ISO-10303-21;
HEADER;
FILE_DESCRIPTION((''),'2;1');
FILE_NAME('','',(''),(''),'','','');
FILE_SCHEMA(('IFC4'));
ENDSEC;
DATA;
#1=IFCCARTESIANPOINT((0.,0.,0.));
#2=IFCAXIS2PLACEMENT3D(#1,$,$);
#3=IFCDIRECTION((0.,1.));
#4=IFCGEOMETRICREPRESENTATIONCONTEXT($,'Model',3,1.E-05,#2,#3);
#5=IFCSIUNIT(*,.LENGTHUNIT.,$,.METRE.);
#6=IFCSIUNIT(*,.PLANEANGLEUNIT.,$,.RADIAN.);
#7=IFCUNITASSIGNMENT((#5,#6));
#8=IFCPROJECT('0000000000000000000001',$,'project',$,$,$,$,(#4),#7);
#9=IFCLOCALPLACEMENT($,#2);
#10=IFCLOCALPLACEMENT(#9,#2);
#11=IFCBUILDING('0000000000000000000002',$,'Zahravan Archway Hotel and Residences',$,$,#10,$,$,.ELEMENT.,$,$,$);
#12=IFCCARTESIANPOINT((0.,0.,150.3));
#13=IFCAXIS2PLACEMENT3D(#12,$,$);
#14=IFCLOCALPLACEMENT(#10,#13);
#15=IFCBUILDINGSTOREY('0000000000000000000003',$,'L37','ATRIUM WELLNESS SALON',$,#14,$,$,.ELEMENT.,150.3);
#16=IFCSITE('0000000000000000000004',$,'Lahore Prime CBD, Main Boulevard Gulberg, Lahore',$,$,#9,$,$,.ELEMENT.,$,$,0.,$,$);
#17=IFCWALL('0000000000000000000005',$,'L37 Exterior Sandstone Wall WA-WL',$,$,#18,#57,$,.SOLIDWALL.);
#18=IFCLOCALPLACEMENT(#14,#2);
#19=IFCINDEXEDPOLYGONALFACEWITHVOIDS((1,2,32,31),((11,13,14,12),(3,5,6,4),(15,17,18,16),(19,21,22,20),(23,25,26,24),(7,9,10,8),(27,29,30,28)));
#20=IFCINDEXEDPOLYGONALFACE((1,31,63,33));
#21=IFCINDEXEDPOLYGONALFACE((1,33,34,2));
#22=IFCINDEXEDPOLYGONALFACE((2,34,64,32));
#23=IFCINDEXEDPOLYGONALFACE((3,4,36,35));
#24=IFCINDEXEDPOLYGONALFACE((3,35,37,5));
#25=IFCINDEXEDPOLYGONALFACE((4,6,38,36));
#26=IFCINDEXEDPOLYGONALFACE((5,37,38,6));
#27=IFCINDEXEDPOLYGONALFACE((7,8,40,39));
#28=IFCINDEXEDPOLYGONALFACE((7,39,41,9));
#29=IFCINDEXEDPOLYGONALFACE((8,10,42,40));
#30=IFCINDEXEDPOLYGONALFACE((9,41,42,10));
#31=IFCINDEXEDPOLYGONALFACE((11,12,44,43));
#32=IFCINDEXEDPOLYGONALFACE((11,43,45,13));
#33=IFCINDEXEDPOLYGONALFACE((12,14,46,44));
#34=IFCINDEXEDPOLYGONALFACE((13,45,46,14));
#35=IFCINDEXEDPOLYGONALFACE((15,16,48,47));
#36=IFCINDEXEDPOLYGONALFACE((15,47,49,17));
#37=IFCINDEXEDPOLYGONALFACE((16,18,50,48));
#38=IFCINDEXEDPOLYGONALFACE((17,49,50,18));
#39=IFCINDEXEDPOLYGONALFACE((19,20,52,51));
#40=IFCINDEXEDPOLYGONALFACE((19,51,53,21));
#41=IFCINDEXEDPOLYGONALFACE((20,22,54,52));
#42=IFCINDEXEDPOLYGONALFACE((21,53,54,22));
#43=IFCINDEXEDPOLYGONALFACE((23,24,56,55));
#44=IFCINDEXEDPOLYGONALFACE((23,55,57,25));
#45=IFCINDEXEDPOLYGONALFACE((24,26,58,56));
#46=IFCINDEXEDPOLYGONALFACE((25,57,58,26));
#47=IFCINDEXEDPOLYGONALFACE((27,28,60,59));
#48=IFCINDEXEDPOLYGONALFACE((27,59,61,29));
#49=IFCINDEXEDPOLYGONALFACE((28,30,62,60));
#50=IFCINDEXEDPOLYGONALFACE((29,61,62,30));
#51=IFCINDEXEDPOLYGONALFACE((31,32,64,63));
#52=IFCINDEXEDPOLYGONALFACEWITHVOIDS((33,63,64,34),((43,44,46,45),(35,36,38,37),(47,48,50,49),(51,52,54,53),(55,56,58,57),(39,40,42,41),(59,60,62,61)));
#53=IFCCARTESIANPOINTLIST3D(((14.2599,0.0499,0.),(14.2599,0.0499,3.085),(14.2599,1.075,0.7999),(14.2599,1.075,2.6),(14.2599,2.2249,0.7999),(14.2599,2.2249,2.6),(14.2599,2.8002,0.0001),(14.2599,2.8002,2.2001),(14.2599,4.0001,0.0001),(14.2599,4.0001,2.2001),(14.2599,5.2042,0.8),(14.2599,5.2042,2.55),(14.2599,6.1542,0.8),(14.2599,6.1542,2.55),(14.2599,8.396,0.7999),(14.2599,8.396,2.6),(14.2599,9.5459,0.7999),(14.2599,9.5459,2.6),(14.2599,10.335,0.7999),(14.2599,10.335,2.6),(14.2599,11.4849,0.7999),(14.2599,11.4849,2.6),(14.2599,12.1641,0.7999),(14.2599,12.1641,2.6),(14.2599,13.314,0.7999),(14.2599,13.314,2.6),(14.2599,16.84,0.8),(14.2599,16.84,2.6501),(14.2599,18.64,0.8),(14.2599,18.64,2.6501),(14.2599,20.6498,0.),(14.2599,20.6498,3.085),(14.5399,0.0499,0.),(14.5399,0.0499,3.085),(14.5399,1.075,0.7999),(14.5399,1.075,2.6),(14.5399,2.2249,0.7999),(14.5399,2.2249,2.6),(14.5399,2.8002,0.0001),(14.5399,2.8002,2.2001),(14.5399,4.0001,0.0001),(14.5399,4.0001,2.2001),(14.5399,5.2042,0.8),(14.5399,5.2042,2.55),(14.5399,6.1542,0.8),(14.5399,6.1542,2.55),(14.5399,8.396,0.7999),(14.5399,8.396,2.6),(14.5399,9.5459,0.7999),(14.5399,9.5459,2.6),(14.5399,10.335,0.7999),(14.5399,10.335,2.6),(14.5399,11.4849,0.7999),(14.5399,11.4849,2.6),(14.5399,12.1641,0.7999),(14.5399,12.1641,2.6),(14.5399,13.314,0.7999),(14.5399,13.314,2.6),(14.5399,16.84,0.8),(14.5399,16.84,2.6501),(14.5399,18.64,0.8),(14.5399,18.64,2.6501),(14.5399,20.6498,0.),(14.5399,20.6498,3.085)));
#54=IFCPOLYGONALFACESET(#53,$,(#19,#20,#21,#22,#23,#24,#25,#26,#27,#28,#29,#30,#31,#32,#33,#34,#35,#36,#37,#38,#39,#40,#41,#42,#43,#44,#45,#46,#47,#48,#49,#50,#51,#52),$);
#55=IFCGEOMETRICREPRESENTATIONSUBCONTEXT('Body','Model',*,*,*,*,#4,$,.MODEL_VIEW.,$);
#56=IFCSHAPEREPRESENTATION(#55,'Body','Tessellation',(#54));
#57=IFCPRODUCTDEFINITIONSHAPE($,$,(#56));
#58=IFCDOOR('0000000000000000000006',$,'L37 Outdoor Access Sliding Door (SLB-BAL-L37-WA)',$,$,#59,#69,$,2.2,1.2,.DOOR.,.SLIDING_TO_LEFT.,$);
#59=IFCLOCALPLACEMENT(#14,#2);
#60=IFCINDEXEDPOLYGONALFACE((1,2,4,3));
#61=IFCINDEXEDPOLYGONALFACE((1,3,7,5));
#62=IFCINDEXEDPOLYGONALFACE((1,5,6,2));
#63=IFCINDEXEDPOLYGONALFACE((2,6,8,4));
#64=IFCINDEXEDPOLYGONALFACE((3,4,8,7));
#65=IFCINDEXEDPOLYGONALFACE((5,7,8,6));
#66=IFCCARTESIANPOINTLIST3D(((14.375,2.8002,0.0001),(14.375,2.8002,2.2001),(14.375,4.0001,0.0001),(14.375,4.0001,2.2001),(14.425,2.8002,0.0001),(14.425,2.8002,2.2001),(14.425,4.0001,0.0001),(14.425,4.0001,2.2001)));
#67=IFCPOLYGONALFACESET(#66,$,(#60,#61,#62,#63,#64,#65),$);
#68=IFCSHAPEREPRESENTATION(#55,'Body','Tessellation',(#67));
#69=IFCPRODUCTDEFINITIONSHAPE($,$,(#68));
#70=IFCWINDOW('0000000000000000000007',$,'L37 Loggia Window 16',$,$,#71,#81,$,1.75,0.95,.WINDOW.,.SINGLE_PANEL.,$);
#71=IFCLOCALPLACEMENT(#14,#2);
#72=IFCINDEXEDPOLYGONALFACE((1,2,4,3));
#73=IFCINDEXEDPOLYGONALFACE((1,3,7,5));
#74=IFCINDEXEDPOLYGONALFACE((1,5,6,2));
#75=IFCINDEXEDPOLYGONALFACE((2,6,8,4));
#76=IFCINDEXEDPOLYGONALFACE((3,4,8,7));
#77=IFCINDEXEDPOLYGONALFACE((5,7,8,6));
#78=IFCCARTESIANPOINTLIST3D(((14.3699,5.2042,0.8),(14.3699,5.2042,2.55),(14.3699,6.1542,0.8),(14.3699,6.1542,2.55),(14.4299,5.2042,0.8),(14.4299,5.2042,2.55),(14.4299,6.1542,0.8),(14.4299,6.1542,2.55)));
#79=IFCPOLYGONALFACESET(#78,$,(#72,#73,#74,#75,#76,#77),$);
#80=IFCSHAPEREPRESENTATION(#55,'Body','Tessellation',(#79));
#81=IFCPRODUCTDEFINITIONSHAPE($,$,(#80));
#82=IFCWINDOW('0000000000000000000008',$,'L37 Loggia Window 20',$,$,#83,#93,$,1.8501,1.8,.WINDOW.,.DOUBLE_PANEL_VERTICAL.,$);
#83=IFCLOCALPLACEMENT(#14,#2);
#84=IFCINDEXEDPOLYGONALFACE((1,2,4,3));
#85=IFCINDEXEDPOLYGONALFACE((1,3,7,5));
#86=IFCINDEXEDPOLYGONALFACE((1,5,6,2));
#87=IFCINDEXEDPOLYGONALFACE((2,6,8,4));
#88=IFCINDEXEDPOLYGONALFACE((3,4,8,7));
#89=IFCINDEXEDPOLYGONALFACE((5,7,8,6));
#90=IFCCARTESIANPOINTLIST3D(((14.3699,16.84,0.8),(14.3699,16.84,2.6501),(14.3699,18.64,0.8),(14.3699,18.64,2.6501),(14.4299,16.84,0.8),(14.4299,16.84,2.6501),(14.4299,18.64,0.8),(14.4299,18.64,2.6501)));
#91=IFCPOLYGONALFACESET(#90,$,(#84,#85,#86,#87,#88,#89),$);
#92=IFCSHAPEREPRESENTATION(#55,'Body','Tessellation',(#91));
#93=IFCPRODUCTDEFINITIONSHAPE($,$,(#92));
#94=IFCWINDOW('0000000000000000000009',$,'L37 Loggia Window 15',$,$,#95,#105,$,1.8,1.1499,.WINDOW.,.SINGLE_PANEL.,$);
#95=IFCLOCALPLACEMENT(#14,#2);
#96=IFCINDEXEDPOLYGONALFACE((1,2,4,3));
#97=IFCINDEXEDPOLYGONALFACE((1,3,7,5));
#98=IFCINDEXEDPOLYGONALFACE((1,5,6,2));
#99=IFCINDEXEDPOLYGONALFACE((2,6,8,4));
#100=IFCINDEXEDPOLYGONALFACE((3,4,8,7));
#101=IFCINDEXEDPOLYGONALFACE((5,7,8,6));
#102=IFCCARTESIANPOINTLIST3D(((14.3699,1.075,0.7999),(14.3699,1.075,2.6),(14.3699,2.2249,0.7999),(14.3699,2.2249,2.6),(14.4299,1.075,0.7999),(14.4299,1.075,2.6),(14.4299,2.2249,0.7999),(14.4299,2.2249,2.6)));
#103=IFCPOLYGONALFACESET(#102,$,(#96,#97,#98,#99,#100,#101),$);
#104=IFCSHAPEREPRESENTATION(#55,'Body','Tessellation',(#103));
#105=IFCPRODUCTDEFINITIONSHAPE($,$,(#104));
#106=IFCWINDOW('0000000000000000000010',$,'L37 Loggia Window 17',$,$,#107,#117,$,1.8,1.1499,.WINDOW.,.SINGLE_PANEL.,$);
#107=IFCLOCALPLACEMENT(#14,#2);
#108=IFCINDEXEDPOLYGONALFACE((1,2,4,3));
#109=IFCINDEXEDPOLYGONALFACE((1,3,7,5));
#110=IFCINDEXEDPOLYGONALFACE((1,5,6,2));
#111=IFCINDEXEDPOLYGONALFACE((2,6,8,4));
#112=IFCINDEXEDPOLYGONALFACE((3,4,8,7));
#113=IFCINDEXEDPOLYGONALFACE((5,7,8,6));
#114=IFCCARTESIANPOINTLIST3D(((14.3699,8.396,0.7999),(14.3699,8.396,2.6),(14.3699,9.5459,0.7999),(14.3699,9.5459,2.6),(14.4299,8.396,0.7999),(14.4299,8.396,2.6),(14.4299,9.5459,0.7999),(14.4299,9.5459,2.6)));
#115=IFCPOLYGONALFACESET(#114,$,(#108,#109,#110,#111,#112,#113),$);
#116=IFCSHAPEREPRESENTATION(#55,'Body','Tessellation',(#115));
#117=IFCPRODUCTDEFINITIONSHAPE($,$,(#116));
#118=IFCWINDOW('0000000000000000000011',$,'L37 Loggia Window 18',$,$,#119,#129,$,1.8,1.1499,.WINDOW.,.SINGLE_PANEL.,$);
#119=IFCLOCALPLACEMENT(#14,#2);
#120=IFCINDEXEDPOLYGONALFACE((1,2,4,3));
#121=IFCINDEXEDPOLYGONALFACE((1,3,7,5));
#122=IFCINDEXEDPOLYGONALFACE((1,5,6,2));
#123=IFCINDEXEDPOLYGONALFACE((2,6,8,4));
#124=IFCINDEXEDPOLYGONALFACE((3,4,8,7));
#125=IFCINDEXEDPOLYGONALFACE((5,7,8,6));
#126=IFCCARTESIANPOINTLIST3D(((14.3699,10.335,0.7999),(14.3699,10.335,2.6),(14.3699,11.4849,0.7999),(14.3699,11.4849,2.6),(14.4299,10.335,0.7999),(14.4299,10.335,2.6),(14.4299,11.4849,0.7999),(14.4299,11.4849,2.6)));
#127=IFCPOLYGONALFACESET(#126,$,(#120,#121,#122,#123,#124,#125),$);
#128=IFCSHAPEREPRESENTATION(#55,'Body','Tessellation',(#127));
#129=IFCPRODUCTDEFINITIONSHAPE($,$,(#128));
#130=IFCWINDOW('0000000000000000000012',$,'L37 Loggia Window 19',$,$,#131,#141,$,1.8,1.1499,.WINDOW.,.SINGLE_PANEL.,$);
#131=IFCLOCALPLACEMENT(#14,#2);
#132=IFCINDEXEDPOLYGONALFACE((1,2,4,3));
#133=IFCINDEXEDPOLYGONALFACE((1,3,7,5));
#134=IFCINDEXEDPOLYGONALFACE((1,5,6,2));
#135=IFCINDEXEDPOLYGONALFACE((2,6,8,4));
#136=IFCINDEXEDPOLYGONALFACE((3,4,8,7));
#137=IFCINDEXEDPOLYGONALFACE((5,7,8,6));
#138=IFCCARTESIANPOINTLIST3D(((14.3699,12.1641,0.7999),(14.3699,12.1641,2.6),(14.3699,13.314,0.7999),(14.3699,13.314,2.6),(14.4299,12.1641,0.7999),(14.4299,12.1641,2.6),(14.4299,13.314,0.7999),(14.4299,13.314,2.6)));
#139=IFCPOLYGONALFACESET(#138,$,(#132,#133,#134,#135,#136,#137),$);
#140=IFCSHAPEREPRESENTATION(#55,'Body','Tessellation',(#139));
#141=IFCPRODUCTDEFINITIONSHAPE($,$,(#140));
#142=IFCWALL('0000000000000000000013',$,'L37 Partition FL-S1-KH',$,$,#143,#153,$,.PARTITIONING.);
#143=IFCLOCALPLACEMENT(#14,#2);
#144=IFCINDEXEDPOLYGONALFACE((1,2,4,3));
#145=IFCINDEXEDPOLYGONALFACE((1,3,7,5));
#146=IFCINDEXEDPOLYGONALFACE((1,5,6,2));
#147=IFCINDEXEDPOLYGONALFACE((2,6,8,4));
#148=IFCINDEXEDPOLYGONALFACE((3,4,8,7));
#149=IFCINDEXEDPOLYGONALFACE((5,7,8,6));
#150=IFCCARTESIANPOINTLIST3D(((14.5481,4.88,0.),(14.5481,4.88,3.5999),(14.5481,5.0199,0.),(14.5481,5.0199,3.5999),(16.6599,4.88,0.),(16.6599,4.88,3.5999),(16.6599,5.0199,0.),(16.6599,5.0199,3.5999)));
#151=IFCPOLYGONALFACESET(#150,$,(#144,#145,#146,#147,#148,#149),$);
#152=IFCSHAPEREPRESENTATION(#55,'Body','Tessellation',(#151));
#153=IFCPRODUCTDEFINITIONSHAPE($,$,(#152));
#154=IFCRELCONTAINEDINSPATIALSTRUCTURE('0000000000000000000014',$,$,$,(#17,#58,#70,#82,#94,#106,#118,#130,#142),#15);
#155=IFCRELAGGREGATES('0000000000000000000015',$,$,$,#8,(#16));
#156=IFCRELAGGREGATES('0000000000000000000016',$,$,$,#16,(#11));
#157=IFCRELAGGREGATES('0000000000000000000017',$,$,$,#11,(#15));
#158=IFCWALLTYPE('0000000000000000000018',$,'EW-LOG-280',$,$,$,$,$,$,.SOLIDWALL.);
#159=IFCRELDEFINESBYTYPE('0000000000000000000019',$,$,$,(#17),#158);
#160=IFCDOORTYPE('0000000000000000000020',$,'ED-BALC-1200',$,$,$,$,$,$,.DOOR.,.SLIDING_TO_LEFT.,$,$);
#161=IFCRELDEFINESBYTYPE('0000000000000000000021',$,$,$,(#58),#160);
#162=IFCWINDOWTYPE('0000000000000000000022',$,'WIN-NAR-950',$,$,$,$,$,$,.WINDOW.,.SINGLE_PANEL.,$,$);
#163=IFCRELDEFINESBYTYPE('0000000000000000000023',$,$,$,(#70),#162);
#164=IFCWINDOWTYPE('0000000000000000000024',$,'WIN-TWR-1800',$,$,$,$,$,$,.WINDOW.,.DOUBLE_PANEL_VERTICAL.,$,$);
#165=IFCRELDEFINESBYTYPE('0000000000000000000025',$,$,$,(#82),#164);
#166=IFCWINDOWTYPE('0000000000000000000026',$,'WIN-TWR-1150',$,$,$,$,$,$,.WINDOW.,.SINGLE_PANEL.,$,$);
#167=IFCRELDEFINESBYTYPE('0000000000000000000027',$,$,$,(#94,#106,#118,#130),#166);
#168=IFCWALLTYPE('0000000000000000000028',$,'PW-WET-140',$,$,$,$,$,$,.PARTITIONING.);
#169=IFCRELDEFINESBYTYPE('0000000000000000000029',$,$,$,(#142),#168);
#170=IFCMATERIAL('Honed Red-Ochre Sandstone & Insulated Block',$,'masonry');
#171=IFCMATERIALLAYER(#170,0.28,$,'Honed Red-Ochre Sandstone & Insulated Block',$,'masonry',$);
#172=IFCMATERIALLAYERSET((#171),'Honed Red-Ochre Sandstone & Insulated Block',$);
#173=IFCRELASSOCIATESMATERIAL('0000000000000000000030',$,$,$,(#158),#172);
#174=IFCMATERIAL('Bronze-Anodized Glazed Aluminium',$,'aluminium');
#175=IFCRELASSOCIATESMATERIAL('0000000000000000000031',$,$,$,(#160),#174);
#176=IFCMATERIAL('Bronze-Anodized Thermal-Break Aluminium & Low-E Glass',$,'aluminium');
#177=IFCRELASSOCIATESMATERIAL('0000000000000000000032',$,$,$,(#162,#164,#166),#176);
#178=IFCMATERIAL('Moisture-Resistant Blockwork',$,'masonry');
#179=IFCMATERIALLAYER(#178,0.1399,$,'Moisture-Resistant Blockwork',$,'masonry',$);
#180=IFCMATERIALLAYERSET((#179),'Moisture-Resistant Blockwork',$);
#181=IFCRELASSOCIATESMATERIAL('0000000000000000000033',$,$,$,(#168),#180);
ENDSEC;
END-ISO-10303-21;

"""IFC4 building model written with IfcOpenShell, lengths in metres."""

from ifc_helpers import new_model, si_unit, direction, frame, frame_2d, origin, place, context, subcontext, project, spatial, rectangle, extrude, source, transform, mapped, material, layer, layer_set, type_object, type_shapes, element, fill, save


model = new_model("IFC4")

# Units and contexts
model_context = context("Model", 3, precision=1e-05, world=origin(), true_north=direction((0.0, 1.0)))
body_context = subcontext(model_context, "Body", "Model", "MODEL_VIEW")
ifc_project = project(units=[si_unit("LENGTHUNIT", "METRE"), si_unit("PLANEANGLEUNIT", "RADIAN")], contexts=[model_context])

# Site, building, storey
site_placement = place(None, origin())
site = spatial("IfcSite", under=ifc_project, at=site_placement, Name="Lahore Prime CBD, Main Boulevard Gulberg, Lahore", CompositionType="ELEMENT", RefElevation=0.0)
building_placement = place(site_placement, origin())
building = spatial("IfcBuilding", under=site, at=building_placement, Name="Zahravan Archway Hotel and Residences", CompositionType="ELEMENT")
storey_placement = place(building_placement, frame((0.0, 0.0, 150.3)))
storey = spatial("IfcBuildingStorey", under=building, at=storey_placement, Name="L37", Description="ATRIUM WELLNESS SALON", CompositionType="ELEMENT", Elevation=150.3)

# Wall, openings, door, windows
ifc_material_1 = material(Name="Honed Red-Ochre Sandstone & Insulated Block", Category="masonry")
ifc_layer_1 = layer(ifc_material_1, 0.28, Name="Honed Red-Ochre Sandstone & Insulated Block", Category="masonry")
ifc_layer_set_1 = layer_set([ifc_layer_1], Name="Honed Red-Ochre Sandstone & Insulated Block")
wall_type_1 = type_object("IfcWallType", Name="EW-LOG-280", PredefinedType="SOLIDWALL", material=ifc_layer_set_1)
ifc_material_2 = material(Name="Bronze-Anodized Glazed Aluminium", Category="aluminium")
door_type = type_object("IfcDoorType", Name="ED-BALC-1200", OperationType="SLIDING_TO_LEFT", PredefinedType="DOOR", material=ifc_material_2)
shared_shape_1 = source(origin(), body_context, "Body", "SweptSolid", [
    extrude(rectangle(XDim=1.2, YDim=2.2, at=frame_2d((0.6001, 1.1001))), frame((0.0, 0.0249, 0.0), z_axis=(0.0, -1.0, 0.0), x_axis=(1.0, 0.0, 0.0)), (0.0, 0.0, 1.0), 0.05),
])
type_shapes(door_type, [shared_shape_1])
ifc_material_3 = material(Name="Bronze-Anodized Thermal-Break Aluminium & Low-E Glass", Category="aluminium")
window_type_1 = type_object("IfcWindowType", Name="WIN-NAR-950", PartitioningType="SINGLE_PANEL", PredefinedType="WINDOW", material=ifc_material_3)
shared_shape_2 = source(origin(), body_context, "Body", "SweptSolid", [
    extrude(rectangle(XDim=0.95, YDim=1.75, at=frame_2d((0.4751, 0.875))), frame((0.0, 0.03, 0.0), z_axis=(0.0, -1.0, 0.0), x_axis=(1.0, 0.0, 0.0)), (0.0, 0.0, 1.0), 0.0601),
])
type_shapes(window_type_1, [shared_shape_2])
window_type_2 = type_object("IfcWindowType", Name="WIN-TWR-1800", PartitioningType="DOUBLE_PANEL_VERTICAL", PredefinedType="WINDOW", material=ifc_material_3)
shared_shape_3 = source(origin(), body_context, "Body", "SweptSolid", [
    extrude(rectangle(XDim=1.8, YDim=1.8501, at=frame_2d((0.8999, 0.925))), frame((0.0, 0.03, 0.0), z_axis=(0.0, -1.0, 0.0), x_axis=(1.0, 0.0, 0.0)), (0.0, 0.0, 1.0), 0.0601),
])
type_shapes(window_type_2, [shared_shape_3])
wall_1_placement = place(storey_placement, frame((14.3999, 0.05, 0.0), z_axis=(0.0, 0.0, 1.0), x_axis=(0.0, 1.0, 0.0)))
wall_1 = element("IfcWall", 1, at=wall_1_placement, inside=storey, type_object=wall_type_1, Name="L37 Exterior Sandstone Wall WA-WL", PredefinedType="SOLIDWALL", context=body_context, shape_type="SweptSolid", body=[
    extrude(rectangle(XDim=20.5999, YDim=0.28, at=frame_2d((10.2998, 0.0))), origin(), (0.0, 0.0, 1.0), 3.085),
])
opening_1_placement = place(wall_1_placement, frame((2.75, 0.0, 0.0)))
opening_1 = element("IfcOpeningElement", 2, at=opening_1_placement, cuts=wall_1, PredefinedType="OPENING", context=body_context, shape_type="SweptSolid", body=[
    extrude(rectangle(XDim=1.2, YDim=2.2, at=frame_2d((0.6001, 1.1001))), frame((0.0, 0.1499, 0.0), z_axis=(0.0, -1.0, 0.0), x_axis=(1.0, 0.0, 0.0)), (0.0, 0.0, 1.0), 0.3),
])
opening_2_placement = place(wall_1_placement, frame((1.0249, 0.0, 0.8)))
opening_2 = element("IfcOpeningElement", 3, at=opening_2_placement, cuts=wall_1, PredefinedType="OPENING", context=body_context, shape_type="SweptSolid", body=[
    extrude(rectangle(XDim=1.1499, YDim=1.8, at=frame_2d((0.575, 0.8999))), frame((0.0, 0.1499, 0.0), z_axis=(0.0, -1.0, 0.0), x_axis=(1.0, 0.0, 0.0)), (0.0, 0.0, 1.0), 0.3),
])
opening_3_placement = place(wall_1_placement, frame((5.1541, 0.0, 0.8)))
opening_3 = element("IfcOpeningElement", 4, at=opening_3_placement, cuts=wall_1, PredefinedType="OPENING", context=body_context, shape_type="SweptSolid", body=[
    extrude(rectangle(XDim=0.95, YDim=1.75, at=frame_2d((0.4751, 0.875))), frame((0.0, 0.1499, 0.0), z_axis=(0.0, -1.0, 0.0), x_axis=(1.0, 0.0, 0.0)), (0.0, 0.0, 1.0), 0.3),
])
opening_4_placement = place(wall_1_placement, frame((8.3459, 0.0, 0.8)))
opening_4 = element("IfcOpeningElement", 5, at=opening_4_placement, cuts=wall_1, PredefinedType="OPENING", context=body_context, shape_type="SweptSolid", body=[
    extrude(rectangle(XDim=1.1499, YDim=1.8, at=frame_2d((0.575, 0.8999))), frame((0.0, 0.1499, 0.0), z_axis=(0.0, -1.0, 0.0), x_axis=(1.0, 0.0, 0.0)), (0.0, 0.0, 1.0), 0.3),
])
opening_5_placement = place(wall_1_placement, frame((10.2849, 0.0, 0.8)))
opening_5 = element("IfcOpeningElement", 6, at=opening_5_placement, cuts=wall_1, PredefinedType="OPENING", context=body_context, shape_type="SweptSolid", body=[
    extrude(rectangle(XDim=1.1499, YDim=1.8, at=frame_2d((0.575, 0.8999))), frame((0.0, 0.1499, 0.0), z_axis=(0.0, -1.0, 0.0), x_axis=(1.0, 0.0, 0.0)), (0.0, 0.0, 1.0), 0.3),
])
opening_6_placement = place(wall_1_placement, frame((12.114, 0.0, 0.8)))
opening_6 = element("IfcOpeningElement", 7, at=opening_6_placement, cuts=wall_1, PredefinedType="OPENING", context=body_context, shape_type="SweptSolid", body=[
    extrude(rectangle(XDim=1.1499, YDim=1.8, at=frame_2d((0.575, 0.8999))), frame((0.0, 0.1499, 0.0), z_axis=(0.0, -1.0, 0.0), x_axis=(1.0, 0.0, 0.0)), (0.0, 0.0, 1.0), 0.3),
])
opening_7_placement = place(wall_1_placement, frame((16.79, 0.0, 0.8)))
opening_7 = element("IfcOpeningElement", 8, at=opening_7_placement, cuts=wall_1, PredefinedType="OPENING", context=body_context, shape_type="SweptSolid", body=[
    extrude(rectangle(XDim=1.8, YDim=1.8501, at=frame_2d((0.8999, 0.925))), frame((0.0, 0.1499, 0.0), z_axis=(0.0, -1.0, 0.0), x_axis=(1.0, 0.0, 0.0)), (0.0, 0.0, 1.0), 0.3),
])
door_1_placement = place(opening_1_placement, origin())
door_1 = element("IfcDoor", 9, at=door_1_placement, inside=storey, type_object=door_type, Name="L37 Outdoor Access Sliding Door (SLB-BAL-L37-WA)", OperationType="SLIDING_TO_LEFT", OverallHeight=2.2, OverallWidth=1.2, PredefinedType="DOOR", context=body_context, shape_type="MappedRepresentation", body=[
    mapped(shared_shape_1, transform((0.0, 0.0, 0.0), scale=1.0)),
])
fill(opening_1, door_1)
window_1_placement = place(opening_3_placement, origin())
window_1 = element("IfcWindow", 10, at=window_1_placement, inside=storey, type_object=window_type_1, Name="L37 Loggia Window 16", OverallHeight=1.75, OverallWidth=0.95, PartitioningType="SINGLE_PANEL", PredefinedType="WINDOW", context=body_context, shape_type="MappedRepresentation", body=[
    mapped(shared_shape_2, transform((0.0, 0.0, 0.0), scale=1.0)),
])
fill(opening_3, window_1)
window_2_placement = place(opening_7_placement, origin())
window_2 = element("IfcWindow", 11, at=window_2_placement, inside=storey, type_object=window_type_2, Name="L37 Loggia Window 20", OverallHeight=1.8501, OverallWidth=1.8, PartitioningType="DOUBLE_PANEL_VERTICAL", PredefinedType="WINDOW", context=body_context, shape_type="MappedRepresentation", body=[
    mapped(shared_shape_3, transform((0.0, 0.0, 0.0), scale=1.0)),
])
fill(opening_7, window_2)
window_type_3 = type_object("IfcWindowType", Name="WIN-TWR-1150", PartitioningType="SINGLE_PANEL", PredefinedType="WINDOW", material=ifc_material_3)
shared_shape_4 = source(origin(), body_context, "Body", "SweptSolid", [
    extrude(rectangle(XDim=1.1499, YDim=1.8, at=frame_2d((0.575, 0.8999))), frame((0.0, 0.03, 0.0), z_axis=(0.0, -1.0, 0.0), x_axis=(1.0, 0.0, 0.0)), (0.0, 0.0, 1.0), 0.0601),
])
type_shapes(window_type_3, [shared_shape_4])
window_3_placement = place(opening_2_placement, origin())
window_3 = element("IfcWindow", 12, at=window_3_placement, inside=storey, type_object=window_type_3, Name="L37 Loggia Window 15", OverallHeight=1.8, OverallWidth=1.1499, PartitioningType="SINGLE_PANEL", PredefinedType="WINDOW", context=body_context, shape_type="MappedRepresentation", body=[
    mapped(shared_shape_4, transform((0.0, 0.0, 0.0), scale=1.0)),
])
fill(opening_2, window_3)
window_4_placement = place(opening_4_placement, origin())
window_4 = element("IfcWindow", 13, at=window_4_placement, inside=storey, type_object=window_type_3, Name="L37 Loggia Window 17", OverallHeight=1.8, OverallWidth=1.1499, PartitioningType="SINGLE_PANEL", PredefinedType="WINDOW", context=body_context, shape_type="MappedRepresentation", body=[
    mapped(shared_shape_4, transform((0.0, 0.0, 0.0), scale=1.0)),
])
fill(opening_4, window_4)
window_5_placement = place(opening_5_placement, origin())
window_5 = element("IfcWindow", 14, at=window_5_placement, inside=storey, type_object=window_type_3, Name="L37 Loggia Window 18", OverallHeight=1.8, OverallWidth=1.1499, PartitioningType="SINGLE_PANEL", PredefinedType="WINDOW", context=body_context, shape_type="MappedRepresentation", body=[
    mapped(shared_shape_4, transform((0.0, 0.0, 0.0), scale=1.0)),
])
fill(opening_5, window_5)
window_6_placement = place(opening_6_placement, origin())
window_6 = element("IfcWindow", 15, at=window_6_placement, inside=storey, type_object=window_type_3, Name="L37 Loggia Window 19", OverallHeight=1.8, OverallWidth=1.1499, PartitioningType="SINGLE_PANEL", PredefinedType="WINDOW", context=body_context, shape_type="MappedRepresentation", body=[
    mapped(shared_shape_4, transform((0.0, 0.0, 0.0), scale=1.0)),
])
fill(opening_6, window_6)

# Wall
ifc_material_4 = material(Name="Moisture-Resistant Blockwork", Category="masonry")
ifc_layer_2 = layer(ifc_material_4, 0.1399, Name="Moisture-Resistant Blockwork", Category="masonry")
ifc_layer_set_2 = layer_set([ifc_layer_2], Name="Moisture-Resistant Blockwork")
wall_type_2 = type_object("IfcWallType", Name="PW-WET-140", PredefinedType="PARTITIONING", material=ifc_layer_set_2)
wall_2_placement = place(storey_placement, frame((14.5481, 4.95, 0.0), z_axis=(0.0, 0.0, 1.0), x_axis=(1.0, 0.0, 0.0)))
element("IfcWall", 16, at=wall_2_placement, inside=storey, type_object=wall_type_2, Name="L37 Partition FL-S1-KH", PredefinedType="PARTITIONING", context=body_context, shape_type="SweptSolid", body=[
    extrude(rectangle(XDim=2.1118, YDim=0.1399, at=frame_2d((1.0559, 0.0))), origin(), (0.0, 0.0, 1.0), 3.5999),
])

save(model, "model.ifc")
